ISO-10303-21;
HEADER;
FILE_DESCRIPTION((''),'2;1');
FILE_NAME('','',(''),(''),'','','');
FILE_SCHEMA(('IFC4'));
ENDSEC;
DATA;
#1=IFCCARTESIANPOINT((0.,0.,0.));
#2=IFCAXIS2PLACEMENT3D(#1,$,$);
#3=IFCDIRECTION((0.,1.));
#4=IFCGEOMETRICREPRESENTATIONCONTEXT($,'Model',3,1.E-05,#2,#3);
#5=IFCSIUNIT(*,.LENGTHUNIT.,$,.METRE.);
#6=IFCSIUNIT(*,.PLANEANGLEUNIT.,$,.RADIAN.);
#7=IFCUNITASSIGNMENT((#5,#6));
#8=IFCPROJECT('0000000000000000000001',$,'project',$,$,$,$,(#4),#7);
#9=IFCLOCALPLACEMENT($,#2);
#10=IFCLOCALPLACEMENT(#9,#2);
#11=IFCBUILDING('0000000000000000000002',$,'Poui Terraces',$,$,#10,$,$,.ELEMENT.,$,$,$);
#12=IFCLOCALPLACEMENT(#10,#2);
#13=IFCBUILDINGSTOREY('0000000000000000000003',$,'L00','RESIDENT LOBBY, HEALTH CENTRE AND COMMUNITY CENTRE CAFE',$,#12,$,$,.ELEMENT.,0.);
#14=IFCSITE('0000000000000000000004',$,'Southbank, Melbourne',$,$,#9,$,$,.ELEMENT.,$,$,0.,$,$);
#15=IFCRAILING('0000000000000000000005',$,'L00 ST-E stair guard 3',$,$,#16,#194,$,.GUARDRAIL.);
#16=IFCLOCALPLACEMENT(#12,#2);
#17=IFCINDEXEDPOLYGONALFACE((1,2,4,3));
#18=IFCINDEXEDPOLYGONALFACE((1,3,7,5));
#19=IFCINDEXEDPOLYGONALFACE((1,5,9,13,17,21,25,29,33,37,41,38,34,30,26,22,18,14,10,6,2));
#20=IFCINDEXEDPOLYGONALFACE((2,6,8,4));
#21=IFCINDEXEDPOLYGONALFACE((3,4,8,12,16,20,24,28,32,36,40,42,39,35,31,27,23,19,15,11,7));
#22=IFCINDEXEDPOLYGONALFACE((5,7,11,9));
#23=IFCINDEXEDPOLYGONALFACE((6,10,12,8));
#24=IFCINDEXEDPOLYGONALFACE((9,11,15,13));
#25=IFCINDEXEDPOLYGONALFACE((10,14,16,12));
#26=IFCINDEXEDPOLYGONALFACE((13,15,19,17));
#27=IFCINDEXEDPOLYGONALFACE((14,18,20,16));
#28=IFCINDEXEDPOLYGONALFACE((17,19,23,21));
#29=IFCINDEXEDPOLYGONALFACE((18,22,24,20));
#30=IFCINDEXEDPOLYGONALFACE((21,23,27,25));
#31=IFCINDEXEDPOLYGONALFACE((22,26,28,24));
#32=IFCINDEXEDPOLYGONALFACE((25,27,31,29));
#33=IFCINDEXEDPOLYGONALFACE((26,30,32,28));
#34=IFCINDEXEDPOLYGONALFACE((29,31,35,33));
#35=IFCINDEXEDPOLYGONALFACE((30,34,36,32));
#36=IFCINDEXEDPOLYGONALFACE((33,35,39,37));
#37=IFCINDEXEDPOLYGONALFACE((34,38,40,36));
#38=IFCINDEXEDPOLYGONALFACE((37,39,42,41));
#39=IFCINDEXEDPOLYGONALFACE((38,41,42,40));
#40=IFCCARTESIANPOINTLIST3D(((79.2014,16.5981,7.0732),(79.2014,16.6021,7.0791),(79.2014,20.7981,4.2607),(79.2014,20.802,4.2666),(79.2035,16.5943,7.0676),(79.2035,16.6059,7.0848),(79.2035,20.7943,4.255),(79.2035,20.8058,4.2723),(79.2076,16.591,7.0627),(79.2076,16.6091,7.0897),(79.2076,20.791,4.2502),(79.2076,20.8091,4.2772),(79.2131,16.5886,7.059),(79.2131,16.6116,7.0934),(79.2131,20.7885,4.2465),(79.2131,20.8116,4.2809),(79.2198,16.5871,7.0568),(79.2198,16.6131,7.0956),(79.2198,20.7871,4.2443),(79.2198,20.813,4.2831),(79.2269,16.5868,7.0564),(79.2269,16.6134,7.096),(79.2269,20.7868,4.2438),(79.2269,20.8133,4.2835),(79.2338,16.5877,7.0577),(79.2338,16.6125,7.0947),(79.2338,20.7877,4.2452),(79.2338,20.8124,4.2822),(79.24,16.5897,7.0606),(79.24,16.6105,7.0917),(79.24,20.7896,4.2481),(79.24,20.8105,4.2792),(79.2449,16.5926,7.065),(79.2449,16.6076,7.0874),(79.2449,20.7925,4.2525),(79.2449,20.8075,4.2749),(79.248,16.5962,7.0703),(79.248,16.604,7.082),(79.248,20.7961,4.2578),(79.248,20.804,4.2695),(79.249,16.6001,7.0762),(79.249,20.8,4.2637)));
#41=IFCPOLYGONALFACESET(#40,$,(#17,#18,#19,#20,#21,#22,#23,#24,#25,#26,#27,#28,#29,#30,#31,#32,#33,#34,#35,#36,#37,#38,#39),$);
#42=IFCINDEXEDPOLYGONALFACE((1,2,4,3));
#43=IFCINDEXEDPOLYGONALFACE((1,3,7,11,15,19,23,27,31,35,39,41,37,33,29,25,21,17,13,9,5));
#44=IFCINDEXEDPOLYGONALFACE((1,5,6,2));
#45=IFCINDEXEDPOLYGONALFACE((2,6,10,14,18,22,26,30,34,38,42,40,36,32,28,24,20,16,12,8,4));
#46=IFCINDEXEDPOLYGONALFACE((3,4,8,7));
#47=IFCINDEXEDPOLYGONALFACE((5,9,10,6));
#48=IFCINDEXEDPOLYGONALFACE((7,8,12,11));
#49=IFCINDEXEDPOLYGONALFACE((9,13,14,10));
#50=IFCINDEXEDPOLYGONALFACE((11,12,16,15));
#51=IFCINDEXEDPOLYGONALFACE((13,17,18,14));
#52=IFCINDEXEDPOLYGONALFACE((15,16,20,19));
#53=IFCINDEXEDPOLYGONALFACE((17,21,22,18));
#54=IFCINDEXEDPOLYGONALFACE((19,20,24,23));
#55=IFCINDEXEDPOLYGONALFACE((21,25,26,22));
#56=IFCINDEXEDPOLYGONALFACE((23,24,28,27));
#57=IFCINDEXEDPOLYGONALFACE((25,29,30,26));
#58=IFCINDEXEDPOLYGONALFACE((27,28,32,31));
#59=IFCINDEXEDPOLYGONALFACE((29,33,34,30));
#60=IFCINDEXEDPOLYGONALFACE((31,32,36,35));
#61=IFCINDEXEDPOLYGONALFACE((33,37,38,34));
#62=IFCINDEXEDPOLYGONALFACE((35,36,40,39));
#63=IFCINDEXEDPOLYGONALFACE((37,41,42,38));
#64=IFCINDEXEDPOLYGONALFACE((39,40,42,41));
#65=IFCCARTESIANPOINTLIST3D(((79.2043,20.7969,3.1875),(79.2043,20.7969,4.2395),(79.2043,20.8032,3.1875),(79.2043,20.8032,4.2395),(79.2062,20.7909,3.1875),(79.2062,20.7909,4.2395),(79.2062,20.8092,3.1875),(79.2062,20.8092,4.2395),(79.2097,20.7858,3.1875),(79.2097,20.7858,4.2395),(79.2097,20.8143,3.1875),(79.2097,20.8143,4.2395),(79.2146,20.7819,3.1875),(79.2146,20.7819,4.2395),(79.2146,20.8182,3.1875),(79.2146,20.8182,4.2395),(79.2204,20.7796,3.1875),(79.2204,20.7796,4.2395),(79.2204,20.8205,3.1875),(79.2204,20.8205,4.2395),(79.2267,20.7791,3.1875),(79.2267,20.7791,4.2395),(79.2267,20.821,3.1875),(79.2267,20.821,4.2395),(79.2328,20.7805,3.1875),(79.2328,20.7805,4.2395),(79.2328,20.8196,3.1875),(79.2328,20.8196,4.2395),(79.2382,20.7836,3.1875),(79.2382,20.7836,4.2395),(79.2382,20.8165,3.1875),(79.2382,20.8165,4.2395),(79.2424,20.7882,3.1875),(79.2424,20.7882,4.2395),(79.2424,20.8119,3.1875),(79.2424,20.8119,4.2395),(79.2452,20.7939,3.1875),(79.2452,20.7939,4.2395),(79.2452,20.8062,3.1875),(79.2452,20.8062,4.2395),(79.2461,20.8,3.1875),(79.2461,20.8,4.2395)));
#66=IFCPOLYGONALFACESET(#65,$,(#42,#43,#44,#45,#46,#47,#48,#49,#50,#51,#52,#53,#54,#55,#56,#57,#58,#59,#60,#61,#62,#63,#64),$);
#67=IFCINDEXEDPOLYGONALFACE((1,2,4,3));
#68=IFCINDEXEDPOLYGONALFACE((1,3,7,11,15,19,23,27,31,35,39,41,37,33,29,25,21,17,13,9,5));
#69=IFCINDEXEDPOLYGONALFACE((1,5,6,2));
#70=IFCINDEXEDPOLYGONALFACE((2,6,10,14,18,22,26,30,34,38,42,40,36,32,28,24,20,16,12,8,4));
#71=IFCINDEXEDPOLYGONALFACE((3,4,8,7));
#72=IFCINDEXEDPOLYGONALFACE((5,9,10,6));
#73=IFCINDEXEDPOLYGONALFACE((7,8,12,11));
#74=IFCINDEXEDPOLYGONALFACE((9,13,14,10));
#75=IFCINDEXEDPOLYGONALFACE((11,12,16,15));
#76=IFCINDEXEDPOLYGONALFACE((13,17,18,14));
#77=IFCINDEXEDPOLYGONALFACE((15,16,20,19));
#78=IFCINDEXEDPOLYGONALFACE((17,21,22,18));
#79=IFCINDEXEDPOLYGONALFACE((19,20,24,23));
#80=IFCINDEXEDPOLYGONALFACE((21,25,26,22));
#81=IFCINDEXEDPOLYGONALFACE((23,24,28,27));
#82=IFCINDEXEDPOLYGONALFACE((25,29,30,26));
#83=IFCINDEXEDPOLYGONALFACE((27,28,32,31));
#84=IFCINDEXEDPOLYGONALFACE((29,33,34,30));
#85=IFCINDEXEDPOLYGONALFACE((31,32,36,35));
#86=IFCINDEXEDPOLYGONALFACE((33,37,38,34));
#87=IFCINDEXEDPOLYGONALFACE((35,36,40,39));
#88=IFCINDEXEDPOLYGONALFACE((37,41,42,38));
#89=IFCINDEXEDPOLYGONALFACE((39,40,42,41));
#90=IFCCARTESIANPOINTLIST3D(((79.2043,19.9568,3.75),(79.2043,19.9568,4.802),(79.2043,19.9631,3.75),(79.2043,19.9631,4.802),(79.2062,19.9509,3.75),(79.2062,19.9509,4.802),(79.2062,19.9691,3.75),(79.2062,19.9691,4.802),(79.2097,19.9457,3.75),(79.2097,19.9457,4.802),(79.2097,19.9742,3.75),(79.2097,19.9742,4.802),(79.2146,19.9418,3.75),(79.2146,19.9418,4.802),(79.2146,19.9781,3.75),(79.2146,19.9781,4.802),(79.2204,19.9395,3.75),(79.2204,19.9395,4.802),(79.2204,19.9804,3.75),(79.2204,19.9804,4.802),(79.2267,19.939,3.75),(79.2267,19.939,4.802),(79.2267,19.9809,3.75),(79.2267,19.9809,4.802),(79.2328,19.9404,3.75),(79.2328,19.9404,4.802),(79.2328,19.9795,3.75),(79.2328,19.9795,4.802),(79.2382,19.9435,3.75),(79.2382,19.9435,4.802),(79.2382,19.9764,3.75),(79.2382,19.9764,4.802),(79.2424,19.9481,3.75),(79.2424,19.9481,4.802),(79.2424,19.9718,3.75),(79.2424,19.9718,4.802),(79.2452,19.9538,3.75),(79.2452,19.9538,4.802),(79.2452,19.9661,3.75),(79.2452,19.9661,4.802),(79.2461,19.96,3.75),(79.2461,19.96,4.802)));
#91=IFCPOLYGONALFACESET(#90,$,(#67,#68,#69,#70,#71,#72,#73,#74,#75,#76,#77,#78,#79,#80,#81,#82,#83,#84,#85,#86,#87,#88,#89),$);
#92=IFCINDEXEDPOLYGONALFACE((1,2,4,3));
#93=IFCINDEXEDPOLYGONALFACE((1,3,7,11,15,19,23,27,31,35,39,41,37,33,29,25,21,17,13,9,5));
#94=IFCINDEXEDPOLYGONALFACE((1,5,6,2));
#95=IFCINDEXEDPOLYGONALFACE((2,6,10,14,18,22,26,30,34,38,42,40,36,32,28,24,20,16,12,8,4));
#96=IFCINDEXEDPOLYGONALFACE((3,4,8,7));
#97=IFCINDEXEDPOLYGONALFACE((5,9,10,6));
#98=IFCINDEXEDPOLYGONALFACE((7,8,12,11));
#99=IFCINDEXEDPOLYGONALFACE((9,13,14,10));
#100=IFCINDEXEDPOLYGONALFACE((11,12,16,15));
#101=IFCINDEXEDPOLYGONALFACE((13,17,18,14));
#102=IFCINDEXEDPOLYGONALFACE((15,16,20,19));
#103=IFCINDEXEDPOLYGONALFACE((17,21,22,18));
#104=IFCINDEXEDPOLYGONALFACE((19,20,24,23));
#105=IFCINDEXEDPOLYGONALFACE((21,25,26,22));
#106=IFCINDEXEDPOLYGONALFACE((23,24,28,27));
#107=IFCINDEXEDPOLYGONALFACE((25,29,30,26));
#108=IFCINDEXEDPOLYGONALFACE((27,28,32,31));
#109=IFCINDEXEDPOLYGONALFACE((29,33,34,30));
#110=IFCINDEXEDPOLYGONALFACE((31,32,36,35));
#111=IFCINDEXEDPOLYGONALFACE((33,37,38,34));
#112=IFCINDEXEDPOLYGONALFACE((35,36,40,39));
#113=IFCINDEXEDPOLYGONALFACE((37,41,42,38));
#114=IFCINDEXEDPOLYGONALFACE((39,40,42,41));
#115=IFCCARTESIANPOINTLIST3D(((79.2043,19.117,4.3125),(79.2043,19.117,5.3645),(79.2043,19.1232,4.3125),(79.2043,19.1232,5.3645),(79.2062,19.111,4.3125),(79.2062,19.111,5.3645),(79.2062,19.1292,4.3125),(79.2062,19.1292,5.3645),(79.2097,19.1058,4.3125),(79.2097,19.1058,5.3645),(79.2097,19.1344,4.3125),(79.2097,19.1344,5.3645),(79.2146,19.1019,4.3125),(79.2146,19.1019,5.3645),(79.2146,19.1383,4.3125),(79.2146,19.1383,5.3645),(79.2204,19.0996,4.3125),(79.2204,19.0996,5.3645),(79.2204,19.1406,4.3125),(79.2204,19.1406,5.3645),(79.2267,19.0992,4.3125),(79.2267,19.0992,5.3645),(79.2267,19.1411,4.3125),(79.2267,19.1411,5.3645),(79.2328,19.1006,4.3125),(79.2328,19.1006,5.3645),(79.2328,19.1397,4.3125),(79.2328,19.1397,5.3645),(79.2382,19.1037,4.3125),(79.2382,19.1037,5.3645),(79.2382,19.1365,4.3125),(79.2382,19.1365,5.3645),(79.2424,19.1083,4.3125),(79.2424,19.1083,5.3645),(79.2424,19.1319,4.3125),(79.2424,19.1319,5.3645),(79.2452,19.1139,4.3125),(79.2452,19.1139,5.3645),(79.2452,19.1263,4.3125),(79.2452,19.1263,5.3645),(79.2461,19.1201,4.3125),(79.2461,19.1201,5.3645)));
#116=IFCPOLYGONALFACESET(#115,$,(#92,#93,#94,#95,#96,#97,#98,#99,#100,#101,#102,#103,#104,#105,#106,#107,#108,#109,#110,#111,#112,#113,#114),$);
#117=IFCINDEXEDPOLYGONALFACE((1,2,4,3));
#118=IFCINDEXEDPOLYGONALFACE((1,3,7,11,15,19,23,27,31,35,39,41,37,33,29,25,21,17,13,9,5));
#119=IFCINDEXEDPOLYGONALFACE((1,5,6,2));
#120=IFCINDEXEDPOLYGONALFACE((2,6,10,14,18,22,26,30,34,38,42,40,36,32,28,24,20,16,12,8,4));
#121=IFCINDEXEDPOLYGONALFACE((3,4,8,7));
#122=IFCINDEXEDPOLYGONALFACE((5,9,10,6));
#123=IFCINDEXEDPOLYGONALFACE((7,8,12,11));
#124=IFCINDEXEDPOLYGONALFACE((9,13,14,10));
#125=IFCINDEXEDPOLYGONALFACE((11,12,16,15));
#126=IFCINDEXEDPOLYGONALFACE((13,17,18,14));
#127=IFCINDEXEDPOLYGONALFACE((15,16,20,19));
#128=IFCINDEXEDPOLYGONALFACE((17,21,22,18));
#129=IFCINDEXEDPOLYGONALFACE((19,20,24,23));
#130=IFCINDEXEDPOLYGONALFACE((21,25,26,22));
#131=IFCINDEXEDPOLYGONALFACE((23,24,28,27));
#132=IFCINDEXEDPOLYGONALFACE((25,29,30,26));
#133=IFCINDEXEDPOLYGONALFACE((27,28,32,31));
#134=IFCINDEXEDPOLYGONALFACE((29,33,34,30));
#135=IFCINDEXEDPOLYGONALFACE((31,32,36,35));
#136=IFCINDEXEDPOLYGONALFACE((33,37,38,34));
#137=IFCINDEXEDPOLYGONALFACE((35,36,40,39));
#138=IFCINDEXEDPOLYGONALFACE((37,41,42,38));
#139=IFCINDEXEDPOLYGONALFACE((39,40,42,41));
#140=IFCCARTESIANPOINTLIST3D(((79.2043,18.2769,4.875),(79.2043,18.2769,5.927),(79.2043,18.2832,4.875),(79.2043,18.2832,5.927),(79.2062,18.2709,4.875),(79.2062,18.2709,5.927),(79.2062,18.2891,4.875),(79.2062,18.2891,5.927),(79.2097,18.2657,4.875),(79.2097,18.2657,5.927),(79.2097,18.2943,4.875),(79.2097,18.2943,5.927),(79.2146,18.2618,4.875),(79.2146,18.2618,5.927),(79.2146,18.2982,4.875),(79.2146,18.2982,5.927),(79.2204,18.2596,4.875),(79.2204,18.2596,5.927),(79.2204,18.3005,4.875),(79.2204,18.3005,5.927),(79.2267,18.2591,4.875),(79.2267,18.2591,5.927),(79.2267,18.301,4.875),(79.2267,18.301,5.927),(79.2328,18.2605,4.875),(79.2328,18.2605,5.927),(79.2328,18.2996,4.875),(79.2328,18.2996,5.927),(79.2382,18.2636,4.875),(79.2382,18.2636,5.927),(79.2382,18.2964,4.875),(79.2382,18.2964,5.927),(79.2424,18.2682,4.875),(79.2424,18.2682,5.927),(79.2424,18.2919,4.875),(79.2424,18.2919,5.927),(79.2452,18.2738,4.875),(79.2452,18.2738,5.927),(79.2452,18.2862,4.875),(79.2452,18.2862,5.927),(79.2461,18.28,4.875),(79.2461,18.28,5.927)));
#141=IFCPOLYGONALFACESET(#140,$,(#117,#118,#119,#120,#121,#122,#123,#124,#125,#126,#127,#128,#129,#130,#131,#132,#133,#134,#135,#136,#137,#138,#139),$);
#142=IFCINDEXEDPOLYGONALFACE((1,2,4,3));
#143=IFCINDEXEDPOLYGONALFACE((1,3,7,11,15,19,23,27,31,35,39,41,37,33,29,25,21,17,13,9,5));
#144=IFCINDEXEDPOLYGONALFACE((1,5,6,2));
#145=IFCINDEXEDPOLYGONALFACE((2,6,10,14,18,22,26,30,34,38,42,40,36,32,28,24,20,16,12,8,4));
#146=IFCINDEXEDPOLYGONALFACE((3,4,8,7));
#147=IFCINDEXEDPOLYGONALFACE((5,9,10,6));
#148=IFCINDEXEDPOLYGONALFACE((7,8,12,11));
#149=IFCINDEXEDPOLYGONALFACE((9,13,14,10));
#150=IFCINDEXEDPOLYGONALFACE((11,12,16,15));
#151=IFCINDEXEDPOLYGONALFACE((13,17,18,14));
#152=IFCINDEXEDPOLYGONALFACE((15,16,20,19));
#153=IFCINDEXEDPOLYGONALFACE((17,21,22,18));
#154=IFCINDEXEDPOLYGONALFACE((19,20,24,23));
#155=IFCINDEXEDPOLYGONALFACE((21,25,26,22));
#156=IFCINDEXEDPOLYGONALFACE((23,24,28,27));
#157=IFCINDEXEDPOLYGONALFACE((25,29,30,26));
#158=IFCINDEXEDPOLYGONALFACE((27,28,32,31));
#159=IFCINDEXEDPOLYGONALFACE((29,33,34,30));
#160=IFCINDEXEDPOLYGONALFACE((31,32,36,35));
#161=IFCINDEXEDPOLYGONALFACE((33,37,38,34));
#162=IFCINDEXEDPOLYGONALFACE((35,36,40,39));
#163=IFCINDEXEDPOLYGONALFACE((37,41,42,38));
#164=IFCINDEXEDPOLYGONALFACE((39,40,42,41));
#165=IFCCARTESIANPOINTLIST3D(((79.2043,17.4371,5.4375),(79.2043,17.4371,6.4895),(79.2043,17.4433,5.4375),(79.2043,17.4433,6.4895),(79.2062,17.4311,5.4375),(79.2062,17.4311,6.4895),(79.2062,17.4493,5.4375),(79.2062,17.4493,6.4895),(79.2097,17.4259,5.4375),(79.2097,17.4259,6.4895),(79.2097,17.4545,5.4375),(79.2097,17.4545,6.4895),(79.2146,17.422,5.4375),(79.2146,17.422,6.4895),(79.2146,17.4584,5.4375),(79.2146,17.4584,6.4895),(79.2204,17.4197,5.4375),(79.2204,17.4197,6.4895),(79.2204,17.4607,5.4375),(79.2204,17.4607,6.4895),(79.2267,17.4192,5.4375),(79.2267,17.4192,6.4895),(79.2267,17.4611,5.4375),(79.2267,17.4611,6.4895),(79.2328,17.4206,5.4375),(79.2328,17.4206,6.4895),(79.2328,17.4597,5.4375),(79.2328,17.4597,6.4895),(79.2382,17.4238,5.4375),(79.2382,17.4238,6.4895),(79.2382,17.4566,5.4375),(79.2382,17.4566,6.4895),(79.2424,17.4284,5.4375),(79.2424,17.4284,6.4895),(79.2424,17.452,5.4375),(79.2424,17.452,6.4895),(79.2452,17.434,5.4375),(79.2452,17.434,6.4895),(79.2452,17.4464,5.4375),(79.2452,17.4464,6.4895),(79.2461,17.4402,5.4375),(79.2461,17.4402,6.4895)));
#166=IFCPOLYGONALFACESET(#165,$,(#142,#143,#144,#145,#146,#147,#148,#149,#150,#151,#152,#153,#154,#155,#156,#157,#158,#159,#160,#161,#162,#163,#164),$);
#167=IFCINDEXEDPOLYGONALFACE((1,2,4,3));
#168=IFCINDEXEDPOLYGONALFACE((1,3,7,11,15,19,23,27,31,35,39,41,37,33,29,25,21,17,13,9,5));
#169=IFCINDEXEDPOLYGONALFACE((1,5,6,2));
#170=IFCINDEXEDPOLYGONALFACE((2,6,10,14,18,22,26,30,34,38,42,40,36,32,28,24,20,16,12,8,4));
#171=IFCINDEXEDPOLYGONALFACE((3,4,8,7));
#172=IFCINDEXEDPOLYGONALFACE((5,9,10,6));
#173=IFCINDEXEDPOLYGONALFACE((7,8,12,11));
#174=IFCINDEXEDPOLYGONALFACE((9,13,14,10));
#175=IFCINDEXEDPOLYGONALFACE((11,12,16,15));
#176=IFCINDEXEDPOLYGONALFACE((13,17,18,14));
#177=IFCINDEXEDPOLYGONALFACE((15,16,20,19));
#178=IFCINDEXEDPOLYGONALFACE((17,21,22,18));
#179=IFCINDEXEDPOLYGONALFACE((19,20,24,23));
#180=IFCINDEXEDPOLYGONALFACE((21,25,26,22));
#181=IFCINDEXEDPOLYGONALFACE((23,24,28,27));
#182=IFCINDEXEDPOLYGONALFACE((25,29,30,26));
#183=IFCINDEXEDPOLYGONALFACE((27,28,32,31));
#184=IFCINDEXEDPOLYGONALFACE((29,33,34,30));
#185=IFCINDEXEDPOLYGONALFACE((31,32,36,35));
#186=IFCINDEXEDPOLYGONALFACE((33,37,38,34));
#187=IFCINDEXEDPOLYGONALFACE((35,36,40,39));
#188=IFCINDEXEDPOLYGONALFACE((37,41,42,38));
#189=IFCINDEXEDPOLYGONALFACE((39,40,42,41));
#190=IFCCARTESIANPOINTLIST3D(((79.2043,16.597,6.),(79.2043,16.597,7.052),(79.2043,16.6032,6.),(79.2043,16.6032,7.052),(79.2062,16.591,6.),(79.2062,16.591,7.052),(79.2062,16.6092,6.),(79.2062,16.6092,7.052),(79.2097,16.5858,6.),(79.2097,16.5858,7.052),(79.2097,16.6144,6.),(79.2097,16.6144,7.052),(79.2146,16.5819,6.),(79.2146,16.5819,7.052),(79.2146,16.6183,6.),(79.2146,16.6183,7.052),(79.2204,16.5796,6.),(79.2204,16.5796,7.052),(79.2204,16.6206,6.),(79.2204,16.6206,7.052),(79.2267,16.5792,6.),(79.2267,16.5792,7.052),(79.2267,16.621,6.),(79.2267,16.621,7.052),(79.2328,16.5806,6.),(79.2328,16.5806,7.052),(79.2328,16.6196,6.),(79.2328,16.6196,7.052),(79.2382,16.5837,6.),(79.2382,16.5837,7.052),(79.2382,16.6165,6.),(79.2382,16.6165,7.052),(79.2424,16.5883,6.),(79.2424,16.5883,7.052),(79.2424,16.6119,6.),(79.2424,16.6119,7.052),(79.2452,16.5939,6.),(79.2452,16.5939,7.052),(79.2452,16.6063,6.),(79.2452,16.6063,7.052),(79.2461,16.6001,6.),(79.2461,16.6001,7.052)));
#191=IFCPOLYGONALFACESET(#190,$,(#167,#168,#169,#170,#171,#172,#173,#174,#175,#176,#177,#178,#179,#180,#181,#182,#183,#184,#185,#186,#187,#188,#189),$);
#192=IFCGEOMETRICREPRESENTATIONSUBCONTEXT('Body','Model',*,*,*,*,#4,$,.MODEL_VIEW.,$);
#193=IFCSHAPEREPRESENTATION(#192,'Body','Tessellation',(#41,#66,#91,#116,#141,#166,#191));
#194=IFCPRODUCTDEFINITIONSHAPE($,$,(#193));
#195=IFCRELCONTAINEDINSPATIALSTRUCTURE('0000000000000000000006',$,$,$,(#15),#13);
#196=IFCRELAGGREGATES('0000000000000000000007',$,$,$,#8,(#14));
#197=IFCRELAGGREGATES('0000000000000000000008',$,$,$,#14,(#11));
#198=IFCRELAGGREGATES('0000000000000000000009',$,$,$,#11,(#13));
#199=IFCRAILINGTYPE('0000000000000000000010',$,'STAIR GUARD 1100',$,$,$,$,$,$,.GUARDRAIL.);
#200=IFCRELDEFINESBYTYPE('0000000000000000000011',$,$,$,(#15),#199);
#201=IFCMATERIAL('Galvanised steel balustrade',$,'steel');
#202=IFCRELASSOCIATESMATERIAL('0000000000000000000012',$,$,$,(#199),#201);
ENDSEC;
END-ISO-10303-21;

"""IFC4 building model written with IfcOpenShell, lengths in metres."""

from ifc_helpers import new_model, si_unit, direction, frame, origin, origin_2d, place, context, subcontext, project, spatial, circle, extrude, material, type_object, element, save


model = new_model("IFC4")

# Units and contexts
model_context = context("Model", 3, precision=1e-05, world=origin(), true_north=direction((0.0, 1.0)))
body_context = subcontext(model_context, "Body", "Model", "MODEL_VIEW")
ifc_project = project(units=[si_unit("LENGTHUNIT", "METRE"), si_unit("PLANEANGLEUNIT", "RADIAN")], contexts=[model_context])

# Site, building, storey
site_placement = place(None, origin())
site = spatial("IfcSite", under=ifc_project, at=site_placement, Name="Southbank, Melbourne", CompositionType="ELEMENT", RefElevation=0.0)
building_placement = place(site_placement, origin())
building = spatial("IfcBuilding", under=site, at=building_placement, Name="Poui Terraces", CompositionType="ELEMENT")
storey_placement = place(building_placement, origin())
storey = spatial("IfcBuildingStorey", under=building, at=storey_placement, Name="L00", Description="RESIDENT LOBBY, HEALTH CENTRE AND COMMUNITY CENTRE CAFE", CompositionType="ELEMENT", Elevation=0.0)

# Railing
ifc_material_1 = material(Name="Galvanised steel balustrade", Category="steel")
railing_type_1 = type_object("IfcRailingType", Name="STAIR GUARD 1100", PredefinedType="GUARDRAIL", material=ifc_material_1)
railing_1_placement = place(storey_placement, frame((79.2251, 20.8, 3.1875)))
element("IfcRailing", 1, at=railing_1_placement, inside=storey, type_object=railing_type_1, Name="L00 ST-E stair guard 3", PredefinedType="GUARDRAIL", context=body_context, shape_type="SweptSolid", body=[
    extrude(circle(Radius=0.0239, at=origin_2d()), frame((0.0, 0.0, 1.0762), z_axis=(0.0, -0.830904, 0.556416), x_axis=(1.0, 0.0, 0.0)), (0.0, 0.0, 1.0), 5.0547),
    extrude(circle(Radius=0.021, at=origin_2d()), origin(), (0.0, 0.0, 1.0), 1.052),
    extrude(circle(Radius=0.021, at=origin_2d()), frame((0.0, -0.8401, 0.5625)), (0.0, 0.0, 1.0), 1.052),
    extrude(circle(Radius=0.021, at=origin_2d()), frame((0.0, -1.6799, 1.125)), (0.0, 0.0, 1.0), 1.052),
    extrude(circle(Radius=0.021, at=origin_2d()), frame((0.0, -2.52, 1.6875)), (0.0, 0.0, 1.0), 1.052),
    extrude(circle(Radius=0.021, at=origin_2d()), frame((0.0, -3.3599, 2.25)), (0.0, 0.0, 1.0), 1.052),
    extrude(circle(Radius=0.021, at=origin_2d()), frame((0.0, -4.2, 2.8125)), (0.0, 0.0, 1.0), 1.052),
])

save(model, "model.ifc")
